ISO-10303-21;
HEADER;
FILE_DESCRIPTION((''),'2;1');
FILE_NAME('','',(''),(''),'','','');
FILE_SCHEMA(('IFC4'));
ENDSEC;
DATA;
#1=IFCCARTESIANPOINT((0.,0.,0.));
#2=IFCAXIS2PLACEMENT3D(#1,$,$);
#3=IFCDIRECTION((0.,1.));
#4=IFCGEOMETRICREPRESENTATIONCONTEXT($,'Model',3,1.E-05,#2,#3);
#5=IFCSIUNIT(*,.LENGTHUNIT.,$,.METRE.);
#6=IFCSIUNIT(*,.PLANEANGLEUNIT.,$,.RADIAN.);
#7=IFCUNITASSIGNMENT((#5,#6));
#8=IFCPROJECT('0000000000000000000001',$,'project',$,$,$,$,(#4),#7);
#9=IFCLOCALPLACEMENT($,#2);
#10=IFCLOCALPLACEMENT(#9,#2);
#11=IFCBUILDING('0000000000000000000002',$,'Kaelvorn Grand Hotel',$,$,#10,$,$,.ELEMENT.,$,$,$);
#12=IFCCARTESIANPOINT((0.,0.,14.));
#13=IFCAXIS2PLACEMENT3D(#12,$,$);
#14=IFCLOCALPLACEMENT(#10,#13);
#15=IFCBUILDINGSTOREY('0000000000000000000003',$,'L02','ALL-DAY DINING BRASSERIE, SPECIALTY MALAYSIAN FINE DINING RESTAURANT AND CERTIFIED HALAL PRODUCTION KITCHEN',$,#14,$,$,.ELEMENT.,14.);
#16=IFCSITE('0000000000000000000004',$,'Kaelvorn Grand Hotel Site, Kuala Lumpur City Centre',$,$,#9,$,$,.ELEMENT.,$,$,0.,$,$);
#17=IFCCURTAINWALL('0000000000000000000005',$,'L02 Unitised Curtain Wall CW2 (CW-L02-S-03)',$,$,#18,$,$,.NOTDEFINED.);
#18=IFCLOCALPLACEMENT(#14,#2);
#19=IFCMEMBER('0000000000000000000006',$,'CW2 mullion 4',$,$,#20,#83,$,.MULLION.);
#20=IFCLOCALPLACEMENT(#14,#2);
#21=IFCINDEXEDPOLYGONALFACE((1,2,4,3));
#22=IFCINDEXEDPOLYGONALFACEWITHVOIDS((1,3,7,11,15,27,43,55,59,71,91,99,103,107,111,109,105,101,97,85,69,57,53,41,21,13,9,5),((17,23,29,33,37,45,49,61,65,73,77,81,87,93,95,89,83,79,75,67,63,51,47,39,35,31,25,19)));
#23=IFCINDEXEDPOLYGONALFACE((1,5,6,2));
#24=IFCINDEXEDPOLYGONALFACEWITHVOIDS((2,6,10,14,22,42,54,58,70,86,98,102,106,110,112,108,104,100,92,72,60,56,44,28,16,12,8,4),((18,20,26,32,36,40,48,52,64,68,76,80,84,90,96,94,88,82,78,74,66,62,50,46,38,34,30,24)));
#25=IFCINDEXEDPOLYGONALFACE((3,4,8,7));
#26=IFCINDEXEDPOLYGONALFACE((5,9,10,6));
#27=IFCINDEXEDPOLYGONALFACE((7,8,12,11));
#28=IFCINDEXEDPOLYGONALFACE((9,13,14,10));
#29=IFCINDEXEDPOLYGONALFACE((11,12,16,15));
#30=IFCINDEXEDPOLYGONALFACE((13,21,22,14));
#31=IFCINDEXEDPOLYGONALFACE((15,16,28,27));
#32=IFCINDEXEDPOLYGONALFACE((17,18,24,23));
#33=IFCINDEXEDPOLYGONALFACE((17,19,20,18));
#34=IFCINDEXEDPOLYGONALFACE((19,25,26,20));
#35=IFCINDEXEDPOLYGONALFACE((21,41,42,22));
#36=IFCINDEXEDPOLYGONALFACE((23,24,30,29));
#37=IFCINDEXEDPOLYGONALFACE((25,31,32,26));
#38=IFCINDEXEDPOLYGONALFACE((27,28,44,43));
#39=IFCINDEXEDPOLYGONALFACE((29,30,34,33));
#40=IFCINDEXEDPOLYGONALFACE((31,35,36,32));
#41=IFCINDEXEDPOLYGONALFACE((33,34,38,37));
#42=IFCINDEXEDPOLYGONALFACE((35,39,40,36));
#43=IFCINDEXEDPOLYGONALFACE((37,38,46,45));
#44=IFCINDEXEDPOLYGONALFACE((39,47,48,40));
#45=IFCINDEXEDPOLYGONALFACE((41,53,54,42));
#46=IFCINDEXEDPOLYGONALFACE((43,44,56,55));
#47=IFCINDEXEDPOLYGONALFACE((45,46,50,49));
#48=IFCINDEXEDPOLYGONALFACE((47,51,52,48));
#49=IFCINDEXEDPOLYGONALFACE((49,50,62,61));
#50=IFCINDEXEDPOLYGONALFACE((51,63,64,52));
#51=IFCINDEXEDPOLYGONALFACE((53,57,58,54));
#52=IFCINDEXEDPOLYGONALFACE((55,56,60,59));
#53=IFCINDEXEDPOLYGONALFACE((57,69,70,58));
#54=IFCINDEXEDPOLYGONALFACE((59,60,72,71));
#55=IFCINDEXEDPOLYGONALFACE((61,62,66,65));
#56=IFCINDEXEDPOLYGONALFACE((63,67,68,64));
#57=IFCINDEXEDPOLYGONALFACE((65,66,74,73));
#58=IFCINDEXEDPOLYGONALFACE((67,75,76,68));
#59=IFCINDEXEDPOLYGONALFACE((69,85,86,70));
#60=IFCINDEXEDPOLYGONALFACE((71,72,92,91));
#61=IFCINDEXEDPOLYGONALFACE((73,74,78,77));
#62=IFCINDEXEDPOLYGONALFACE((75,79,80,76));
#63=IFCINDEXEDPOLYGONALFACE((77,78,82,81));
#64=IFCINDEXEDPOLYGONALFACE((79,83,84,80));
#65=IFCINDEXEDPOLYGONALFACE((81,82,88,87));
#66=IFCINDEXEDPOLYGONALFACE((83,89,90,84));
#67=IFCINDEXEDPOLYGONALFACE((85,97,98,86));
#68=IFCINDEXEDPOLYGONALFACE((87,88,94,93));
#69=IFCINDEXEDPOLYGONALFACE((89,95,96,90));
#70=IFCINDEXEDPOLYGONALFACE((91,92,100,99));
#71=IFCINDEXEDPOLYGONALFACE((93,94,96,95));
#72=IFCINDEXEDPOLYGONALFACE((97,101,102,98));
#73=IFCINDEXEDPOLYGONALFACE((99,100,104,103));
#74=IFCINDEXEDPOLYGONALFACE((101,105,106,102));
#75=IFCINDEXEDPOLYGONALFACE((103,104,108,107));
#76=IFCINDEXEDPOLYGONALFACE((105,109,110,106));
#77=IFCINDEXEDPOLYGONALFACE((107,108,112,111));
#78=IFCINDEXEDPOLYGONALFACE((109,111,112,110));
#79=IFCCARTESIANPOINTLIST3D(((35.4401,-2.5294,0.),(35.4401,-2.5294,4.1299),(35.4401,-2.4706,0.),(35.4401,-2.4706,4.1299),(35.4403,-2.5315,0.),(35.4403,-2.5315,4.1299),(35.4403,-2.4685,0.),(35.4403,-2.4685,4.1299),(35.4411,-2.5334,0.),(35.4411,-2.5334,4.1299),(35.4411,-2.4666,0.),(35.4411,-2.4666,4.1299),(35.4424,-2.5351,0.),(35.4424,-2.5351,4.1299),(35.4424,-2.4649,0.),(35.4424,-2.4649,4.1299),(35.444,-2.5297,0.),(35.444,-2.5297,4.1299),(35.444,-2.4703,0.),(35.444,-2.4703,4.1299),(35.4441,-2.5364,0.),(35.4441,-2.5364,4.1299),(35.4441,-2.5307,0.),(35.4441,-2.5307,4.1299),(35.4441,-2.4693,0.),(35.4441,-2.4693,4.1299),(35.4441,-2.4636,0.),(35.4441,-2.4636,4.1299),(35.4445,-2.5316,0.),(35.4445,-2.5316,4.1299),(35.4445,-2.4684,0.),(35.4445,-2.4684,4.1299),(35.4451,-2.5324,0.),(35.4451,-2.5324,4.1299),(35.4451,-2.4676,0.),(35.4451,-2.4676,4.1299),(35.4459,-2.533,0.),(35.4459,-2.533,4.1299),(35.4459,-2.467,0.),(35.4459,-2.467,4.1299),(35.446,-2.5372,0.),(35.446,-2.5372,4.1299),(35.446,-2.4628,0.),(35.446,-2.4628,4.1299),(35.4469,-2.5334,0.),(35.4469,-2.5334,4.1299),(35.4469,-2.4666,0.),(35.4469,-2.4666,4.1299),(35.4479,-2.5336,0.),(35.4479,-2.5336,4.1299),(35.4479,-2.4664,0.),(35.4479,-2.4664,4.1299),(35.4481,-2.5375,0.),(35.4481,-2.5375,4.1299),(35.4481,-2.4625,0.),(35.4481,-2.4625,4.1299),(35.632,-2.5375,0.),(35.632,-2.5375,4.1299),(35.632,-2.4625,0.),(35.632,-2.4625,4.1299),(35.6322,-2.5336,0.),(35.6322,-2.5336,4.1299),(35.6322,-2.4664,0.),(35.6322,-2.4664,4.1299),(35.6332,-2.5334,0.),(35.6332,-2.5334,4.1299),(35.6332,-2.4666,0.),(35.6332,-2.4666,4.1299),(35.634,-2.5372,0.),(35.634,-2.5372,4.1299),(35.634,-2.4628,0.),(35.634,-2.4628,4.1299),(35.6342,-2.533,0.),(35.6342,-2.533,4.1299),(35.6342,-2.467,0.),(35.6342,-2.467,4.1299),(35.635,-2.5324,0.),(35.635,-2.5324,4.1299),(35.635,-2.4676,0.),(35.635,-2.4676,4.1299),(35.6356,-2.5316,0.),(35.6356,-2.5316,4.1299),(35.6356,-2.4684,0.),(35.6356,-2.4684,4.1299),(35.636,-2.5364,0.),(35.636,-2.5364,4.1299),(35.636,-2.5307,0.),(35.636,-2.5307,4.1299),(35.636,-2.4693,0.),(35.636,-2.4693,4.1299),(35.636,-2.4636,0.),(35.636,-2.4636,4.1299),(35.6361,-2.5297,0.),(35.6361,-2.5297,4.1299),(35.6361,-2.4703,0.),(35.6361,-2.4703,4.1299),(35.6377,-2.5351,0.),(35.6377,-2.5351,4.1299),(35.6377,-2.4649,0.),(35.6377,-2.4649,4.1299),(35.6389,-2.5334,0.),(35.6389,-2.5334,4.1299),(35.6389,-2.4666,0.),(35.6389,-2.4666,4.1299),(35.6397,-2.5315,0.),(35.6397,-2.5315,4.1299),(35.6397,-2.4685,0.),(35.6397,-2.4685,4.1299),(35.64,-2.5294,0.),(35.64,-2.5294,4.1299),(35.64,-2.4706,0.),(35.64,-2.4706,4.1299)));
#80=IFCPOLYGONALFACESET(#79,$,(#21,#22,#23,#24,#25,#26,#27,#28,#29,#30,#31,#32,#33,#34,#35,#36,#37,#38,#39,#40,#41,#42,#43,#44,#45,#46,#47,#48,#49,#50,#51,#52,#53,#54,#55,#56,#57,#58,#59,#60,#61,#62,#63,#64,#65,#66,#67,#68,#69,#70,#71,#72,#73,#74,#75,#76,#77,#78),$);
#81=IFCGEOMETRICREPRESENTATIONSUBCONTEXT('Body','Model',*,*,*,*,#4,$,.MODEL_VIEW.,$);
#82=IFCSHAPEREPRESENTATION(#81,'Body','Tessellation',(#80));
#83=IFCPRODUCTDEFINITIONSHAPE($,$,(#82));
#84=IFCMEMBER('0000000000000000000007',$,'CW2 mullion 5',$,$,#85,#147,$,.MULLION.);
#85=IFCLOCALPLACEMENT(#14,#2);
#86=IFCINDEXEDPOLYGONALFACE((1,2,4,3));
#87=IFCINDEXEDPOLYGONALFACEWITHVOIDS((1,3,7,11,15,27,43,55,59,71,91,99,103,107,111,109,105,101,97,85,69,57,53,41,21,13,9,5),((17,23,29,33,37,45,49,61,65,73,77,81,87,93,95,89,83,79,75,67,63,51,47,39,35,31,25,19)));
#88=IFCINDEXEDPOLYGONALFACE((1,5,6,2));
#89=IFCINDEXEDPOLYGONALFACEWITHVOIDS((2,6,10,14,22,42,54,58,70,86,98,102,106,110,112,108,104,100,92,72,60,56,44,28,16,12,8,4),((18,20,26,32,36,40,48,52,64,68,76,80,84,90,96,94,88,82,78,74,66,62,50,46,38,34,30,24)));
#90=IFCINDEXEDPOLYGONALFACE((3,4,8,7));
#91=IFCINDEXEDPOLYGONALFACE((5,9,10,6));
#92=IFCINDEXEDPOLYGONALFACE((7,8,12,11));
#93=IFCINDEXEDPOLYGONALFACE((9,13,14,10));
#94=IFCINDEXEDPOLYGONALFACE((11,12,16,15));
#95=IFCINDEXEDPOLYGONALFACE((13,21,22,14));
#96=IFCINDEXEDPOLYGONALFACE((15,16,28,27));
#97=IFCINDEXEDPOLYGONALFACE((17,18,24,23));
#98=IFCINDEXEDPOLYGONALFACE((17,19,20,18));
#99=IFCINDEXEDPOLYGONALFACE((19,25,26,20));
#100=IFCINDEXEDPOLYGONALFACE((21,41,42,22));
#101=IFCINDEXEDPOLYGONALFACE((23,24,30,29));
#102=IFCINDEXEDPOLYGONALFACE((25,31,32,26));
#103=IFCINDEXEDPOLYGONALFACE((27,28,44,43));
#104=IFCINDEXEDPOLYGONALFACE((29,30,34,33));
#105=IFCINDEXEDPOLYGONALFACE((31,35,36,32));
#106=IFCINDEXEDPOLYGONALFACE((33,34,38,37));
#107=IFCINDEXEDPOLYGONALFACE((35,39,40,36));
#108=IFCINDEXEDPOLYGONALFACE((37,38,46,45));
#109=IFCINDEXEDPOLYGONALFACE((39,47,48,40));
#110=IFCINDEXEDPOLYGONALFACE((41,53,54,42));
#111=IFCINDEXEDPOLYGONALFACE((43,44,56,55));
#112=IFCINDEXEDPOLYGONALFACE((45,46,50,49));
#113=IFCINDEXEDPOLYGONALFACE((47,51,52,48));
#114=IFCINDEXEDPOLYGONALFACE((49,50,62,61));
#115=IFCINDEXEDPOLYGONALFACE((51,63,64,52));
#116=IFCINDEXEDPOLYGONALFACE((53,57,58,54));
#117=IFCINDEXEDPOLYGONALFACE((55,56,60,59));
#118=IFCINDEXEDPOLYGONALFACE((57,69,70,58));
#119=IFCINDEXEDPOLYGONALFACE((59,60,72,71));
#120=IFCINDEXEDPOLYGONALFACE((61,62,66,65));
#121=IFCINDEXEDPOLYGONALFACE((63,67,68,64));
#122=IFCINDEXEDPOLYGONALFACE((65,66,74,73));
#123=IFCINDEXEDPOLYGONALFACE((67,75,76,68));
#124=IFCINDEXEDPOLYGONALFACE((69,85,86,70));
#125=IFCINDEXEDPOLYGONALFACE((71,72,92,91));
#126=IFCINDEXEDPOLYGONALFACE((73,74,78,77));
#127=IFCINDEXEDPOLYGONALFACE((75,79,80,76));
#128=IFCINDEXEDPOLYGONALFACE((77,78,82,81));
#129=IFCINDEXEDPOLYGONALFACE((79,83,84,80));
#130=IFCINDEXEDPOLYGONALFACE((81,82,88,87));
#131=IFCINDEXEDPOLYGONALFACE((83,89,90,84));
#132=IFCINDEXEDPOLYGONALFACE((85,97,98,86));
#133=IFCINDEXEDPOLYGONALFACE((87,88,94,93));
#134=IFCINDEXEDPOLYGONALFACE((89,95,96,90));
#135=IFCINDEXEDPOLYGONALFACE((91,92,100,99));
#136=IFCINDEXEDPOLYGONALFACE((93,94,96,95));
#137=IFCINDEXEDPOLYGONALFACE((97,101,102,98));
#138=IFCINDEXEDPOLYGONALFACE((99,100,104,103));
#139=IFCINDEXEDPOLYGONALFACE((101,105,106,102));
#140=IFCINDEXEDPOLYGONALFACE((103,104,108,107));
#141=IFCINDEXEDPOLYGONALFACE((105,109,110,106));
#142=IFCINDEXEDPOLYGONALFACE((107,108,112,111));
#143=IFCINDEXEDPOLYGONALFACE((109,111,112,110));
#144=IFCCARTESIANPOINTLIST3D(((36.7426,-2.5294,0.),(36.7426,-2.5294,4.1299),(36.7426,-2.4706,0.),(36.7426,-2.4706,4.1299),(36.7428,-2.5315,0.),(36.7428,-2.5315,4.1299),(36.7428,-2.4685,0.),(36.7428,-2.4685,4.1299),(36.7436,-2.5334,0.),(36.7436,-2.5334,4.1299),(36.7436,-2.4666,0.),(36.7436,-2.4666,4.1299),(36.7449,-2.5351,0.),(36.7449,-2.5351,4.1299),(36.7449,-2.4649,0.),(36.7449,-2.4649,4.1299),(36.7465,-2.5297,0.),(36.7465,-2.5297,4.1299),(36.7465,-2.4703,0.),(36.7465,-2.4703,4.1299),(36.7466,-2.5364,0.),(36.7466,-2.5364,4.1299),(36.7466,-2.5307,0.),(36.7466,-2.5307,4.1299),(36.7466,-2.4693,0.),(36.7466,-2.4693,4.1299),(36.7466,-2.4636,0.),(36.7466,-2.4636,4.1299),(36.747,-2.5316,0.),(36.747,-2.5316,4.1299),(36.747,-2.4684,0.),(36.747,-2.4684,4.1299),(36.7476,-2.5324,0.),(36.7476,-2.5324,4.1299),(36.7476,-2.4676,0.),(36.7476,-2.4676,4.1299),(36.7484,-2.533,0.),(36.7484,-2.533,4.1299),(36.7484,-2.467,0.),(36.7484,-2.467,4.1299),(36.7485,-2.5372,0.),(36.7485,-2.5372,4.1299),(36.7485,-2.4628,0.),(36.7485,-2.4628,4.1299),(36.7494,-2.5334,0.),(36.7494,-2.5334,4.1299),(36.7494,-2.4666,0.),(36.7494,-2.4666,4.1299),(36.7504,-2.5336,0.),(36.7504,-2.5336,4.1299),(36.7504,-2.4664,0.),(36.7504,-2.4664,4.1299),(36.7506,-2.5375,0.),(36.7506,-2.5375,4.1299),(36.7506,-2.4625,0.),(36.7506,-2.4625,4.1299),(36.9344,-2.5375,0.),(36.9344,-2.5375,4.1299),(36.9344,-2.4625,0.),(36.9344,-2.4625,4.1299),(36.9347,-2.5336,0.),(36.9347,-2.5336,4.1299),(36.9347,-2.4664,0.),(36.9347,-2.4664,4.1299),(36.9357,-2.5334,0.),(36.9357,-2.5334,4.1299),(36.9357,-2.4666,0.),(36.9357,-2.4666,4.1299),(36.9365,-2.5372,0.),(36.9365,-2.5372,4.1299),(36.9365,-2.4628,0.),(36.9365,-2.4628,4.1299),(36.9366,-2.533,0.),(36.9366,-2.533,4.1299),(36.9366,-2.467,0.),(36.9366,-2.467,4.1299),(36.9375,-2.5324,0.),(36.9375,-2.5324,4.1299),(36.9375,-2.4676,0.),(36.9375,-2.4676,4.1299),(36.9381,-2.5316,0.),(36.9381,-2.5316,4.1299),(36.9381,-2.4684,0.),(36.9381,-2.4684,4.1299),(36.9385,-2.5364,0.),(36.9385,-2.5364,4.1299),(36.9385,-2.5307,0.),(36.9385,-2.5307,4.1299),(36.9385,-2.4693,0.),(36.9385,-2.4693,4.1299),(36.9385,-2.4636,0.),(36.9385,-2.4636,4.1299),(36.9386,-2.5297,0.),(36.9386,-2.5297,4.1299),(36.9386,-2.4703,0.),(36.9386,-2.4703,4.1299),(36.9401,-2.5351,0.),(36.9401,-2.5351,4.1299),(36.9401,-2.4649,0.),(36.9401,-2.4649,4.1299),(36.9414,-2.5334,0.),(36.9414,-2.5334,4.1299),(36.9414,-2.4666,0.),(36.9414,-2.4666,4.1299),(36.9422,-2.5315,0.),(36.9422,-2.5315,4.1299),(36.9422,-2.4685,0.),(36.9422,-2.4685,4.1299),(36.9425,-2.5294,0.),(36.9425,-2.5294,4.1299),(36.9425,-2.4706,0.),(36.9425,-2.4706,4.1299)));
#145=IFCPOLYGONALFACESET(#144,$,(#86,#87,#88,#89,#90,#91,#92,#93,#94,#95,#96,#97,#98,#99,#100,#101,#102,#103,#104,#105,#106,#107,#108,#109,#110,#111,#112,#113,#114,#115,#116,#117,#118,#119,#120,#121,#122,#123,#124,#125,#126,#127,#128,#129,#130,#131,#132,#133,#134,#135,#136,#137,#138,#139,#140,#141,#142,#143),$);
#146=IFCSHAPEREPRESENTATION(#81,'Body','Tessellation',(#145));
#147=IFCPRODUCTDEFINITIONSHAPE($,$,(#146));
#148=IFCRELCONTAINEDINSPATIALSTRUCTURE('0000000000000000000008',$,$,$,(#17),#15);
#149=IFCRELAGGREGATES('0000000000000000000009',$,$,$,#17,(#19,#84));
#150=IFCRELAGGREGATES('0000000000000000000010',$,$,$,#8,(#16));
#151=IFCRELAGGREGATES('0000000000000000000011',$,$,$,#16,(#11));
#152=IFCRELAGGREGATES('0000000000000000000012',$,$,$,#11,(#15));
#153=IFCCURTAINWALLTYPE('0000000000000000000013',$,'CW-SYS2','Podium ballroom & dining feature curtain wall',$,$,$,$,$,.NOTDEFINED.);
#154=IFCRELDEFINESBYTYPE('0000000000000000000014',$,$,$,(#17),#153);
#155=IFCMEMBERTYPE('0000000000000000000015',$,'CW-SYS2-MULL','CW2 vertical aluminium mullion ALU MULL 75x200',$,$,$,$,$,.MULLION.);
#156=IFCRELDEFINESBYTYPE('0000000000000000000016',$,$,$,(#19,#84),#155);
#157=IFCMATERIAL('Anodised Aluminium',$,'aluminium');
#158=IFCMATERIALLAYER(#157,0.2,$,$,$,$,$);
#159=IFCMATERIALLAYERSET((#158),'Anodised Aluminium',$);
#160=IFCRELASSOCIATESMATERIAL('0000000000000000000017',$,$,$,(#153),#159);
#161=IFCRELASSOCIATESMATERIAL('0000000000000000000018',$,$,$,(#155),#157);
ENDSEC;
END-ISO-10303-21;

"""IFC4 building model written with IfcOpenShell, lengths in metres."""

from ifc_helpers import new_model, si_unit, direction, frame, origin, origin_2d, place, context, subcontext, project, spatial, hollow_rectangle, extrude, material, layer, layer_set, material_profile, profile_set, type_object, element, aggregate, save


model = new_model("IFC4")

# Units and contexts
model_context = context("Model", 3, precision=1e-05, world=origin(), true_north=direction((0.0, 1.0)))
body_context = subcontext(model_context, "Body", "Model", "MODEL_VIEW")
ifc_project = project(units=[si_unit("LENGTHUNIT", "METRE"), si_unit("PLANEANGLEUNIT", "RADIAN")], contexts=[model_context])

# Site, building, storey
site_placement = place(None, origin())
site = spatial("IfcSite", under=ifc_project, at=site_placement, Name="Kaelvorn Grand Hotel Site, Kuala Lumpur City Centre", CompositionType="ELEMENT", RefElevation=0.0)
building_placement = place(site_placement, origin())
building = spatial("IfcBuilding", under=site, at=building_placement, Name="Kaelvorn Grand Hotel", CompositionType="ELEMENT")
storey_placement = place(building_placement, frame((0.0, 0.0, 14.0)))
storey = spatial("IfcBuildingStorey", under=building, at=storey_placement, Name="L02", Description="ALL-DAY DINING BRASSERIE, SPECIALTY MALAYSIAN FINE DINING RESTAURANT AND CERTIFIED HALAL PRODUCTION KITCHEN", CompositionType="ELEMENT", Elevation=14.0)

# Curtain wall, members
ifc_material_1 = material(Name="Anodised Aluminium", Category="aluminium")
ifc_layer_1 = layer(ifc_material_1, 0.2)
ifc_layer_set_1 = layer_set([ifc_layer_1], Name="Anodised Aluminium")
curtain_wall_type = type_object("IfcCurtainWallType", Name="CW-SYS2", Description="Podium ballroom & dining feature curtain wall", PredefinedType="NOTDEFINED", material=ifc_layer_set_1)
curtain_wall_placement = place(storey_placement, origin())
curtain_wall = element("IfcCurtainWall", 1, at=curtain_wall_placement, inside=storey, type_object=curtain_wall_type, Name="L02 Unitised Curtain Wall CW2 (CW-L02-S-03)", PredefinedType="NOTDEFINED")
ifc_material_profile_1 = material_profile(ifc_material_1, hollow_rectangle(XDim=0.075, YDim=0.2, WallThickness=0.0039, InnerFilletRadius=0.0039, OuterFilletRadius=0.0081, at=origin_2d()), Name="ALU MULL 75x200")
ifc_profile_set_1 = profile_set([ifc_material_profile_1], Name="Anodised Aluminium")
member_type_1 = type_object("IfcMemberType", Name="CW-SYS2-MULL", Description="CW2 vertical aluminium mullion ALU MULL 75x200", PredefinedType="MULLION", material=ifc_profile_set_1)
member_1_placement = place(storey_placement, frame((35.54, -2.5, 0.0), z_axis=(0.0, 0.0, 1.0), x_axis=(0.0, 1.0, 0.0)))
member_1 = element("IfcMember", 2, at=member_1_placement, type_object=member_type_1, Name="CW2 mullion 4", PredefinedType="MULLION", context=body_context, shape_type="SweptSolid", body=[
    extrude(hollow_rectangle(XDim=0.075, YDim=0.2, WallThickness=0.0039, InnerFilletRadius=0.0039, OuterFilletRadius=0.0081, at=origin_2d()), origin(), (0.0, 0.0, 1.0), 4.1299),
])
member_2_placement = place(storey_placement, frame((36.8425, -2.5, 0.0), z_axis=(0.0, 0.0, 1.0), x_axis=(0.0, 1.0, 0.0)))
member_2 = element("IfcMember", 3, at=member_2_placement, type_object=member_type_1, Name="CW2 mullion 5", PredefinedType="MULLION", context=body_context, shape_type="SweptSolid", body=[
    extrude(hollow_rectangle(XDim=0.075, YDim=0.2, WallThickness=0.0039, InnerFilletRadius=0.0039, OuterFilletRadius=0.0081, at=origin_2d()), origin(), (0.0, 0.0, 1.0), 4.1299),
])
aggregate(curtain_wall, [member_1, member_2])

save(model, "model.ifc")
